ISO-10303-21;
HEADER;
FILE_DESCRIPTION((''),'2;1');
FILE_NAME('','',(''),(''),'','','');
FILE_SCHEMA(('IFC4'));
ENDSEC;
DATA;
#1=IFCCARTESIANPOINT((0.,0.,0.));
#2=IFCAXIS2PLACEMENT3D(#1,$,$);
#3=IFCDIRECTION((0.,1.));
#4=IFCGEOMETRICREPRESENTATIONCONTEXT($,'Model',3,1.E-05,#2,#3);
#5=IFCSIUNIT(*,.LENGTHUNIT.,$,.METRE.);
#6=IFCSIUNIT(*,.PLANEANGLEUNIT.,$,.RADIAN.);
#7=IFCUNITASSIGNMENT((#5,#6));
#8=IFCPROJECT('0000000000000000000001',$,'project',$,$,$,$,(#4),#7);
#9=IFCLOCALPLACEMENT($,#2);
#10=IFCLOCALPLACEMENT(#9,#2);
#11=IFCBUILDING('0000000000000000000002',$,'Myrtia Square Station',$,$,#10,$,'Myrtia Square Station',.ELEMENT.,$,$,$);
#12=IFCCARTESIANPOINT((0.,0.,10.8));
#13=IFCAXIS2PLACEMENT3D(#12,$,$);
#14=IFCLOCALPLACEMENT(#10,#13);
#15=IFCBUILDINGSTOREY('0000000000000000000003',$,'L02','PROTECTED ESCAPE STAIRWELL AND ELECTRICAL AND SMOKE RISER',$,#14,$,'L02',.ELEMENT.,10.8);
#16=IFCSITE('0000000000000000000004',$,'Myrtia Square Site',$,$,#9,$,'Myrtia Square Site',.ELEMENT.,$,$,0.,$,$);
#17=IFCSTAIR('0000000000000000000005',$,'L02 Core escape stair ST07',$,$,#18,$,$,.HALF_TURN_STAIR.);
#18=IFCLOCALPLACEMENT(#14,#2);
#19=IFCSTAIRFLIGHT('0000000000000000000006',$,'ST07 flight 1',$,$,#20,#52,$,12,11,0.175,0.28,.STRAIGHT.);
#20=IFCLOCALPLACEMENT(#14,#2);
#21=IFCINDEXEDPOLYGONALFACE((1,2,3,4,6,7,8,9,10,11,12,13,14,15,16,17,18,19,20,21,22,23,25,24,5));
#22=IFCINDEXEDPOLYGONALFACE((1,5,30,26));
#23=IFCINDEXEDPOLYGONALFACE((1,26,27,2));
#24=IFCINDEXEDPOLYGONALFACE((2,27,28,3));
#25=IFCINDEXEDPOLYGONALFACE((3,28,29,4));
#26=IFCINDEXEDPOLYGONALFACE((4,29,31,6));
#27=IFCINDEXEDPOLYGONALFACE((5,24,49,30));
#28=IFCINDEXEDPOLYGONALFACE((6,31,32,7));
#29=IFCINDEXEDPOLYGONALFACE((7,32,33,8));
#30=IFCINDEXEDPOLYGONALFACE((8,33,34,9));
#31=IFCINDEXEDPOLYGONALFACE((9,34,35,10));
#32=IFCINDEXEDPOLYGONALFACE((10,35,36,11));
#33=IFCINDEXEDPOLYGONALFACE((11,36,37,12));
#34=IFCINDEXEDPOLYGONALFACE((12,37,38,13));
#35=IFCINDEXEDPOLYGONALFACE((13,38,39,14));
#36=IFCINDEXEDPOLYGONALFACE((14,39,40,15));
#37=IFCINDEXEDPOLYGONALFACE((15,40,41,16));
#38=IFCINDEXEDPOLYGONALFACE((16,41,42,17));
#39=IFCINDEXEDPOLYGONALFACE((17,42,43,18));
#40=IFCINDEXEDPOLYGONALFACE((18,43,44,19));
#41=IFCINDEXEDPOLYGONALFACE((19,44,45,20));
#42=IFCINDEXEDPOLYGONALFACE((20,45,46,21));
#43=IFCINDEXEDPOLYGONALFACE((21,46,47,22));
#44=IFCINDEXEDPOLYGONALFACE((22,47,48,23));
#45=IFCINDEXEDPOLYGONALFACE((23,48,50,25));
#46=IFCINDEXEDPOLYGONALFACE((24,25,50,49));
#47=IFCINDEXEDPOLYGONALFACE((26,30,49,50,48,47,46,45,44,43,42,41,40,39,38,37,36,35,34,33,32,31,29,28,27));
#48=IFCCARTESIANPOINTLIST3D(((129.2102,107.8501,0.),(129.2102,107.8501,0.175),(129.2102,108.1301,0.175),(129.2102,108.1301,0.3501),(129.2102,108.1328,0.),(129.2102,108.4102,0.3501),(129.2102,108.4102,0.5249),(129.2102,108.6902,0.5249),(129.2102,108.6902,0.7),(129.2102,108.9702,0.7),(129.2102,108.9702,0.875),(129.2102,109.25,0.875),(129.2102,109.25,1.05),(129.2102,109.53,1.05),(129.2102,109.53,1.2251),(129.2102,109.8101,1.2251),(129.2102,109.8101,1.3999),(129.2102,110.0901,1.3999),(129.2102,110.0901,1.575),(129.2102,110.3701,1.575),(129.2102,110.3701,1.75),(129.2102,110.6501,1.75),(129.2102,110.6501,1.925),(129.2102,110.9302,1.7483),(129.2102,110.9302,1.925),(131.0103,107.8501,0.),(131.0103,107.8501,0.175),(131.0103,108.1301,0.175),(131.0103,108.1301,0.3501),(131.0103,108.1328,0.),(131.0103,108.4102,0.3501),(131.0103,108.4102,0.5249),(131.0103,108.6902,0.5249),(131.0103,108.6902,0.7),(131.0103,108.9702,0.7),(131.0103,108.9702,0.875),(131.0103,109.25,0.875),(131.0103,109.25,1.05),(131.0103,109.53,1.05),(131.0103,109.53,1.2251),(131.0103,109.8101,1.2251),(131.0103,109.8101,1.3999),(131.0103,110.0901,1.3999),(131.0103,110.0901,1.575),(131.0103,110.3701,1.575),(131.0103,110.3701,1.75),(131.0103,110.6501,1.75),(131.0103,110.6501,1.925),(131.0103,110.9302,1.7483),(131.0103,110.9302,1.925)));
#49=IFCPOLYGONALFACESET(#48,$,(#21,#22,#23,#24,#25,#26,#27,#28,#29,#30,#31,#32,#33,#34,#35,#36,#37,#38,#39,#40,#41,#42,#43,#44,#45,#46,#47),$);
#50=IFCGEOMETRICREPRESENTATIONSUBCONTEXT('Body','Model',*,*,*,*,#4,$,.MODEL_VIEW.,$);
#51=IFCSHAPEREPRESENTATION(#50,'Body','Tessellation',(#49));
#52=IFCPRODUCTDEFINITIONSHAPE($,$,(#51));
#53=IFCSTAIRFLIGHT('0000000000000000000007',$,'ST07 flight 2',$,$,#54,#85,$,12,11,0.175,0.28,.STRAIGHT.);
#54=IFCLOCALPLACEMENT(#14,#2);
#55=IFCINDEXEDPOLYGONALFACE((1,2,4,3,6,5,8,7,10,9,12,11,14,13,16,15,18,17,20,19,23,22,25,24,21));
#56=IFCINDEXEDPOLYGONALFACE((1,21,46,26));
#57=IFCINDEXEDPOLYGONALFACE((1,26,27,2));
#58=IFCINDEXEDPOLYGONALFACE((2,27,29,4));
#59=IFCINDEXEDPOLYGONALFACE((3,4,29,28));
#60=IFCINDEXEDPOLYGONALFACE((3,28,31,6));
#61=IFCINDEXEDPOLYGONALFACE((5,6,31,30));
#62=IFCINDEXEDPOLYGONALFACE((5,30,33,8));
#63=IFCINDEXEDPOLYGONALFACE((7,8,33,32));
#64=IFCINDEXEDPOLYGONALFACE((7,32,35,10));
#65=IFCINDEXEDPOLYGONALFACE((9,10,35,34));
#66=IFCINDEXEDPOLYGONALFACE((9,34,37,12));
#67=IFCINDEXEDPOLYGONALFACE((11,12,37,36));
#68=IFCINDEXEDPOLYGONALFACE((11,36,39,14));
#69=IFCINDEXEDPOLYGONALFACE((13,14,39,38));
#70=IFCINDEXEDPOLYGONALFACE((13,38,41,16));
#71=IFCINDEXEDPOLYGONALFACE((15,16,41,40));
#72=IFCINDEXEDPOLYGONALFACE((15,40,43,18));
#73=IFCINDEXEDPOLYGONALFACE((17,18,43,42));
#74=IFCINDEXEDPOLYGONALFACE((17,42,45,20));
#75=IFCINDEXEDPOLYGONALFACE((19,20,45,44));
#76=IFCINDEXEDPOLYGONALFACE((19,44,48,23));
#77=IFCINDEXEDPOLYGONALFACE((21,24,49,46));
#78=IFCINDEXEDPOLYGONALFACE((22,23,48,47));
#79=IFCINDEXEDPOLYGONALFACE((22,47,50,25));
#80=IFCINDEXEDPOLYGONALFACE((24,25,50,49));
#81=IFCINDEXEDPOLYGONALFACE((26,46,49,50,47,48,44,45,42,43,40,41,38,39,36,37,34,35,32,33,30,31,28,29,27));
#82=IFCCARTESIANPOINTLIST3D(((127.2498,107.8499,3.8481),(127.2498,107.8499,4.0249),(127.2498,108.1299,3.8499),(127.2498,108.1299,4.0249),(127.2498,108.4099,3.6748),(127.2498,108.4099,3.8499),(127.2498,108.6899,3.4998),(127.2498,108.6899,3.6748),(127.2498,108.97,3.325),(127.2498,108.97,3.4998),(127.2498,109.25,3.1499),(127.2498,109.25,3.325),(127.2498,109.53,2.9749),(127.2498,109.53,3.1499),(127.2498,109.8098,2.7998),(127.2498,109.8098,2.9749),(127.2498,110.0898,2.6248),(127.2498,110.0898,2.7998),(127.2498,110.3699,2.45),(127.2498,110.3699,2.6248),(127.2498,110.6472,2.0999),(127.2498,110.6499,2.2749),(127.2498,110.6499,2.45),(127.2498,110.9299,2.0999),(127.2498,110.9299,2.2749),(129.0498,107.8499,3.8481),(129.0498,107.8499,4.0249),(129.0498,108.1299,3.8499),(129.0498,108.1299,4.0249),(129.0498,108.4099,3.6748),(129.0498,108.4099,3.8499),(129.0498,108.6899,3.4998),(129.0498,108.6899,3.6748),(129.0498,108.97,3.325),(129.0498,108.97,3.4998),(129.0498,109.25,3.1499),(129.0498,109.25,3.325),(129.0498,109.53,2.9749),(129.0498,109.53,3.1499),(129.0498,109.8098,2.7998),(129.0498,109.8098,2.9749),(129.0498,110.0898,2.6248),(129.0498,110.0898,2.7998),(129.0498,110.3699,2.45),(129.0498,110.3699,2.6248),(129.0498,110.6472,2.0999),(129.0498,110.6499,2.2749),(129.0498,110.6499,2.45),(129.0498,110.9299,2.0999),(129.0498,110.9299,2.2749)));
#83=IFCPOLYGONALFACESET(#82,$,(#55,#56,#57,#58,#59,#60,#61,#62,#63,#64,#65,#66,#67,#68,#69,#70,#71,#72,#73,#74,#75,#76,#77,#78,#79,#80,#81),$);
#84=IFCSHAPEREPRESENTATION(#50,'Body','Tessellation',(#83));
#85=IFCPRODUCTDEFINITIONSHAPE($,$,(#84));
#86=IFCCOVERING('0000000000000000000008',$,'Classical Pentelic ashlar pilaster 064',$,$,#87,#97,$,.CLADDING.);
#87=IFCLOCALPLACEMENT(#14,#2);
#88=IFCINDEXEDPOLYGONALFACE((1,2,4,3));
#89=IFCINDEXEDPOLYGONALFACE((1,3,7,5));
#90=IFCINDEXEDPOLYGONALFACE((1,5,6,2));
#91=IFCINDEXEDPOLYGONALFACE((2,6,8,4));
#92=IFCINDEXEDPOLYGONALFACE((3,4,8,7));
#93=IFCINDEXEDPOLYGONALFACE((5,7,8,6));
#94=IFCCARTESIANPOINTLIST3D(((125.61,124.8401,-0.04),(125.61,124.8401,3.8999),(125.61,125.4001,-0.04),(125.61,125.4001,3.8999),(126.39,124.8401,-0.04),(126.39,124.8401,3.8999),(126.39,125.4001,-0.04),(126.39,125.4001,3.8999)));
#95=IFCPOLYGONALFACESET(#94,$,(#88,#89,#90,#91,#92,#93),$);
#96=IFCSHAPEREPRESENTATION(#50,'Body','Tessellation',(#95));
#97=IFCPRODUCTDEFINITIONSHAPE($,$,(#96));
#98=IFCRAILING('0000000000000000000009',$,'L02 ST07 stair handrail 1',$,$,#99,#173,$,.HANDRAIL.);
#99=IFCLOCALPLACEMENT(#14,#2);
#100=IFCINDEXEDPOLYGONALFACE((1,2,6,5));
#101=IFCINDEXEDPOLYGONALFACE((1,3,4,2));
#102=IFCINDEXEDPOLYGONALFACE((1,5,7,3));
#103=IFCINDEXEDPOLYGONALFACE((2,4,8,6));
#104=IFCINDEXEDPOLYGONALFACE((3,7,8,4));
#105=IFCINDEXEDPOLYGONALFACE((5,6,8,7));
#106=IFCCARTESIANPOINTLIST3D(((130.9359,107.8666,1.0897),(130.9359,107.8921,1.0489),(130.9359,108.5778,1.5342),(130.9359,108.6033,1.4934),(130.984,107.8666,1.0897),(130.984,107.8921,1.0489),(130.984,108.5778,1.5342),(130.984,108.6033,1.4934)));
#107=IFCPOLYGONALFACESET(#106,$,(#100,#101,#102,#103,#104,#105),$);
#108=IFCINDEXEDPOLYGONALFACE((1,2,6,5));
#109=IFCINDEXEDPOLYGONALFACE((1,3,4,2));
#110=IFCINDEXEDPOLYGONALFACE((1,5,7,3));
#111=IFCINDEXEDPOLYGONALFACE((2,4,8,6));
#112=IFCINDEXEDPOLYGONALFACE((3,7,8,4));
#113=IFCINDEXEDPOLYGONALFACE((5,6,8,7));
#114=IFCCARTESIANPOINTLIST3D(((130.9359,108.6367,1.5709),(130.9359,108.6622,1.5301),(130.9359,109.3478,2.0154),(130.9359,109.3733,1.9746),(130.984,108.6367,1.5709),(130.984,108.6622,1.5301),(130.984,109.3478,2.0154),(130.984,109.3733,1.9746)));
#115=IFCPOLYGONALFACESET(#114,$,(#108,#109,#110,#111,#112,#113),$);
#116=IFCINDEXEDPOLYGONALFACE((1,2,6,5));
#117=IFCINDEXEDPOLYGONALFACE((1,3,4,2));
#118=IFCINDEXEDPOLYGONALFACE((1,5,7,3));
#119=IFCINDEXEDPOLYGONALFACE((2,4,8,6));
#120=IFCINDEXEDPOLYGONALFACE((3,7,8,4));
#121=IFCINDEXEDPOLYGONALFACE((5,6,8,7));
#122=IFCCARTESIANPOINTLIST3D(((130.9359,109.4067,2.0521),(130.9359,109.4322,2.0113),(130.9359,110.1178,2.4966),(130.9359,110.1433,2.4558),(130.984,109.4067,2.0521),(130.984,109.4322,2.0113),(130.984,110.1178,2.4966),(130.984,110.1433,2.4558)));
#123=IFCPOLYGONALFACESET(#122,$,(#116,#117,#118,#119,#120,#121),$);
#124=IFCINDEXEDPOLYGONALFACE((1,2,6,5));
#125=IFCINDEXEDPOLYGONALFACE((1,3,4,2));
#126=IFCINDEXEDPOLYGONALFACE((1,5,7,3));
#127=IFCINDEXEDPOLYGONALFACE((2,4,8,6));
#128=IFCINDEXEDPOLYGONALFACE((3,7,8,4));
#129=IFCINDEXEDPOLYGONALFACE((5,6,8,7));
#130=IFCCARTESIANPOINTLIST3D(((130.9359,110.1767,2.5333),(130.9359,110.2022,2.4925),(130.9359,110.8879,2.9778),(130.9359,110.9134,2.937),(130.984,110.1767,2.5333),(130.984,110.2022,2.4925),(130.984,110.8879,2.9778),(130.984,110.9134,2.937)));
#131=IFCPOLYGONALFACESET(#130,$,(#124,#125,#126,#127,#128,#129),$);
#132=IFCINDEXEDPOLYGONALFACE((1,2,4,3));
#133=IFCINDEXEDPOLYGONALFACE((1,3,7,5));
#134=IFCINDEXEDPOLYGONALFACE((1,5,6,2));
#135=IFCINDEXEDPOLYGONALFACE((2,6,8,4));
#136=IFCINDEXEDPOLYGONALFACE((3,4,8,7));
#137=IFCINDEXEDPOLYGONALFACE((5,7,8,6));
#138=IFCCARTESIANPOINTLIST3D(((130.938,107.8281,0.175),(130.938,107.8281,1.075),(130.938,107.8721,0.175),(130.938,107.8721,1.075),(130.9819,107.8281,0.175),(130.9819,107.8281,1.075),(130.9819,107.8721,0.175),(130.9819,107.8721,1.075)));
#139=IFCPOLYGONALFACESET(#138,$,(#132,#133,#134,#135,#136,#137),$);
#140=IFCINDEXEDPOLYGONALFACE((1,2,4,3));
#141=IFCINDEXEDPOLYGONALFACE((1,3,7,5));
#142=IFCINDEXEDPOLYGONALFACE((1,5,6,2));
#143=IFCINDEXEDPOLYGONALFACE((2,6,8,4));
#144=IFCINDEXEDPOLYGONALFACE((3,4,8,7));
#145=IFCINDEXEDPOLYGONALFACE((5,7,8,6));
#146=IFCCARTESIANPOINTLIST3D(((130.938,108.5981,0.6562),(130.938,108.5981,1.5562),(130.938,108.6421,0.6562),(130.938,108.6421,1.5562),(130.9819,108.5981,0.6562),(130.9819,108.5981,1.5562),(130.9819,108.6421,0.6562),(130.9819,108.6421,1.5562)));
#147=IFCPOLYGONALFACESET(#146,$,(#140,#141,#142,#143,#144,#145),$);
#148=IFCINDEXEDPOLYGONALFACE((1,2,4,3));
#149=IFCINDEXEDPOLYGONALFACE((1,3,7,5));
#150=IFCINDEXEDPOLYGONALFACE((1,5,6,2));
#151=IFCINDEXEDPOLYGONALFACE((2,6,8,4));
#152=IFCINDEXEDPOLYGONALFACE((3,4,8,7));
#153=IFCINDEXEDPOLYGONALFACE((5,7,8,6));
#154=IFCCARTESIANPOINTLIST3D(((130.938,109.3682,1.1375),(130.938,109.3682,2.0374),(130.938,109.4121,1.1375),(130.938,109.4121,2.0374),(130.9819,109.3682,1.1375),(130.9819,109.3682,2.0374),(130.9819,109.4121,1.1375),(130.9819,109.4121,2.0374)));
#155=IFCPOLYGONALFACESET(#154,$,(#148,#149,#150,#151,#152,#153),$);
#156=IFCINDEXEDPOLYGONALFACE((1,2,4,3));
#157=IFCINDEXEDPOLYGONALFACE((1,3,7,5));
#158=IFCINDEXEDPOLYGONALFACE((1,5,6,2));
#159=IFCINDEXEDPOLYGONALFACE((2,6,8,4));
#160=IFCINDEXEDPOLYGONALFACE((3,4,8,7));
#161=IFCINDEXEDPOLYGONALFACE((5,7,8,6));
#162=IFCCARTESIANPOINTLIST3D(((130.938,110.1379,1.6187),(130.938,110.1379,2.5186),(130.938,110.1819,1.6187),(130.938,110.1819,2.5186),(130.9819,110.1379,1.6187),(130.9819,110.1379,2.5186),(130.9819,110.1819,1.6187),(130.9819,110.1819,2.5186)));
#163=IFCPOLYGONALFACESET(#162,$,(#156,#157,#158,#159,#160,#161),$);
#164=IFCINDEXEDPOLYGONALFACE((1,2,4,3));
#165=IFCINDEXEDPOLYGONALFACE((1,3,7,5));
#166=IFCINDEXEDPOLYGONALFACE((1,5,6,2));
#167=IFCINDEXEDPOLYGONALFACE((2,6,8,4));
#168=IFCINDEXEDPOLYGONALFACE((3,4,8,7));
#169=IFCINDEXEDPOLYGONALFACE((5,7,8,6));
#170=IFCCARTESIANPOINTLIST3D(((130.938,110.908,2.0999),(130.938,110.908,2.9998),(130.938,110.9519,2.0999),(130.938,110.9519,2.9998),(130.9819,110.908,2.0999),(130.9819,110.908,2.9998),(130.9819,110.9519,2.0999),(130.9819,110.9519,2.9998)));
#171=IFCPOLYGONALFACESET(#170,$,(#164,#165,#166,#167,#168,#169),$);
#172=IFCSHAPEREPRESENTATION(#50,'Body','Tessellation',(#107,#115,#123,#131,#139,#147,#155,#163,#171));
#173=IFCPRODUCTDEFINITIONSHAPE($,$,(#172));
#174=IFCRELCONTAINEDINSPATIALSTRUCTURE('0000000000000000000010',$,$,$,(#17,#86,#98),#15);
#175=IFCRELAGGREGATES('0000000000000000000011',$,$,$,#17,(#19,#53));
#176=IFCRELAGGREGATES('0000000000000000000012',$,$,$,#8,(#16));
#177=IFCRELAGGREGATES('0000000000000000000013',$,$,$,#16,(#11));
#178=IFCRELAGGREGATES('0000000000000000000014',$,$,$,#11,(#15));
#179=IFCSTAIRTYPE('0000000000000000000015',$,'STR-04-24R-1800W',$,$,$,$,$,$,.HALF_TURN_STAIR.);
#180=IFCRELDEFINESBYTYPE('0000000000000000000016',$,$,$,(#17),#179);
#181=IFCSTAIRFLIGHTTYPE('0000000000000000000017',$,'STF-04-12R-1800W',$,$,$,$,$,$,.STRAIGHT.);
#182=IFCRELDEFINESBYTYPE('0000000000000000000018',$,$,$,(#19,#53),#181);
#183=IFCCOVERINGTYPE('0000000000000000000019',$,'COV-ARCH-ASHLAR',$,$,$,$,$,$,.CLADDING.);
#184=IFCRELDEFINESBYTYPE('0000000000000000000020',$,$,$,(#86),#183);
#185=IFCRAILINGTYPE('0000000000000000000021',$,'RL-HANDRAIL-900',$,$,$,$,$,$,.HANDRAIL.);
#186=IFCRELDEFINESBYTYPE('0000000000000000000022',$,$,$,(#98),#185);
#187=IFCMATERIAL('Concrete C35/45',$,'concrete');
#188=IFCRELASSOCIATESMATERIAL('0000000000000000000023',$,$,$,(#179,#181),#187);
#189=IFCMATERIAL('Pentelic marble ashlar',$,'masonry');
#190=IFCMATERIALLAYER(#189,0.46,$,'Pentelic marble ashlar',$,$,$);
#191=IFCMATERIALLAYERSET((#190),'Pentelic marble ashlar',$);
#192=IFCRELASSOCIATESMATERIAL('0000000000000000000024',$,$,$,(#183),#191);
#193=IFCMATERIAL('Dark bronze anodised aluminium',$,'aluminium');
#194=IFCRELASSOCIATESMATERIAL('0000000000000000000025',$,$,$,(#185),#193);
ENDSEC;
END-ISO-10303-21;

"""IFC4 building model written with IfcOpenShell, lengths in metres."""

from ifc_helpers import new_model, si_unit, direction, frame, origin, origin_2d, place, context, subcontext, project, spatial, polyline, rectangle, outline, extrude, material, layer, layer_set, type_object, element, aggregate, save


model = new_model("IFC4")

# Units and contexts
model_context = context("Model", 3, precision=1e-05, world=origin(), true_north=direction((0.0, 1.0)))
body_context = subcontext(model_context, "Body", "Model", "MODEL_VIEW")
ifc_project = project(units=[si_unit("LENGTHUNIT", "METRE"), si_unit("PLANEANGLEUNIT", "RADIAN")], contexts=[model_context])

# Site, building, storey
site_placement = place(None, origin())
site = spatial("IfcSite", under=ifc_project, at=site_placement, Name="Myrtia Square Site", LongName="Myrtia Square Site", CompositionType="ELEMENT", RefElevation=0.0)
building_placement = place(site_placement, origin())
building = spatial("IfcBuilding", under=site, at=building_placement, Name="Myrtia Square Station", LongName="Myrtia Square Station", CompositionType="ELEMENT")
storey_placement = place(building_placement, frame((0.0, 0.0, 10.8)))
storey = spatial("IfcBuildingStorey", under=building, at=storey_placement, Name="L02", Description="PROTECTED ESCAPE STAIRWELL AND ELECTRICAL AND SMOKE RISER", LongName="L02", CompositionType="ELEMENT", Elevation=10.8)

# Shared definitions
ifc_material_1 = material(Name="Concrete C35/45", Category="concrete")

# Stair, stair flights
stair_type = type_object("IfcStairType", Name="STR-04-24R-1800W", PredefinedType="HALF_TURN_STAIR", material=ifc_material_1)
stair_placement = place(storey_placement, origin())
stair = element("IfcStair", 1, at=stair_placement, inside=storey, type_object=stair_type, Name="L02 Core escape stair ST07", PredefinedType="HALF_TURN_STAIR")
stair_flight_type = type_object("IfcStairFlightType", Name="STF-04-12R-1800W", PredefinedType="STRAIGHT", material=ifc_material_1)
stair_flight_1_placement = place(storey_placement, frame((130.1101, 107.8501, 0.0), z_axis=(0.0, 0.0, 1.0), x_axis=(0.0, 1.0, 0.0)))
stair_flight_1 = element("IfcStairFlight", 2, at=stair_flight_1_placement, type_object=stair_flight_type, Name="ST07 flight 1", NumberOfRisers=12, NumberOfTreads=11, PredefinedType="STRAIGHT", RiserHeight=0.175, TreadLength=0.28, context=body_context, shape_type="SweptSolid", body=[
    extrude(outline(polyline([(0.0, 0.0), (0.0, 0.175), (0.28, 0.175), (0.28, 0.3501), (0.5601, 0.3501), (0.5601, 0.5249), (0.8401, 0.5249), (0.8401, 0.7), (1.1201, 0.7), (1.1201, 0.875), (1.3999, 0.875), (1.3999, 1.05), (1.6799, 1.05), (1.6799, 1.2251), (1.96, 1.2251), (1.96, 1.3999), (2.24, 1.3999), (2.24, 1.575), (2.52, 1.575), (2.52, 1.75), (2.8, 1.75), (2.8, 1.925), (3.0801, 1.925), (3.0801, 2.1001), (3.0801, 1.7483), (0.2827, 0.0), (0.0, 0.0)])), frame((0.0, 0.8999, 0.0), z_axis=(0.0, -1.0, 0.0), x_axis=(1.0, 0.0, 0.0)), (0.0, 0.0, 1.0), 1.8),
])
stair_flight_2_placement = place(storey_placement, frame((128.1499, 110.9299, 2.0999), z_axis=(0.0, 0.0, 1.0), x_axis=(0.0, -1.0, 0.0)))
stair_flight_2 = element("IfcStairFlight", 3, at=stair_flight_2_placement, type_object=stair_flight_type, Name="ST07 flight 2", NumberOfRisers=12, NumberOfTreads=11, PredefinedType="STRAIGHT", RiserHeight=0.175, TreadLength=0.28, context=body_context, shape_type="SweptSolid", body=[
    extrude(outline(polyline([(0.0, 0.0), (0.0, 0.175), (0.28, 0.175), (0.28, 0.3501), (0.5601, 0.3501), (0.5601, 0.5249), (0.8401, 0.5249), (0.8401, 0.7), (1.1201, 0.7), (1.1201, 0.875), (1.3999, 0.875), (1.3999, 1.05), (1.6799, 1.05), (1.6799, 1.2251), (1.96, 1.2251), (1.96, 1.3999), (2.24, 1.3999), (2.24, 1.575), (2.52, 1.575), (2.52, 1.75), (2.8, 1.75), (2.8, 1.925), (3.0801, 1.925), (3.0801, 2.1001), (3.0801, 1.7483), (0.2827, 0.0), (0.0, 0.0)])), frame((0.0, 0.8999, 0.0), z_axis=(0.0, -1.0, 0.0), x_axis=(1.0, 0.0, 0.0)), (0.0, 0.0, 1.0), 1.8),
])
aggregate(stair, [stair_flight_1, stair_flight_2])

# Covering
ifc_material_2 = material(Name="Pentelic marble ashlar", Category="masonry")
ifc_layer_1 = layer(ifc_material_2, 0.46, Name="Pentelic marble ashlar")
ifc_layer_set_1 = layer_set([ifc_layer_1], Name="Pentelic marble ashlar")
covering_type = type_object("IfcCoveringType", Name="COV-ARCH-ASHLAR", PredefinedType="CLADDING", material=ifc_layer_set_1)
covering_placement = place(storey_placement, frame((126.0, 125.1201, -0.04), z_axis=(0.0, 0.0, 1.0), x_axis=(1.0, 0.0, 0.0)))
element("IfcCovering", 4, at=covering_placement, inside=storey, type_object=covering_type, Name="Classical Pentelic ashlar pilaster 064", PredefinedType="CLADDING", context=body_context, shape_type="SweptSolid", body=[
    extrude(rectangle(XDim=0.78, YDim=0.5601, at=origin_2d()), origin(), (0.0, 0.0, 1.0), 3.9399),
])

# Railing
ifc_material_3 = material(Name="Dark bronze anodised aluminium", Category="aluminium")
railing_type_1 = type_object("IfcRailingType", Name="RL-HANDRAIL-900", PredefinedType="HANDRAIL", material=ifc_material_3)
railing_1_placement = place(storey_placement, frame((130.96, 107.8501, 0.175)))
element("IfcRailing", 5, at=railing_1_placement, inside=storey, type_object=railing_type_1, Name="L02 ST07 stair handrail 1", PredefinedType="HANDRAIL", context=body_context, shape_type="SweptSolid", body=[
    extrude(rectangle(XDim=0.0481, YDim=0.0481, at=origin_2d()), frame((0.0, 0.0293, 0.8943), z_axis=(0.0, 0.84801, 0.529981), x_axis=(-1.0, 0.0, 0.0)), (0.0, 0.0, 1.0), 0.8386),
    extrude(rectangle(XDim=0.0481, YDim=0.0481, at=origin_2d()), frame((0.0, 0.7993, 1.3755), z_axis=(0.0, 0.84801, 0.529981), x_axis=(-1.0, 0.0, 0.0)), (0.0, 0.0, 1.0), 0.8386),
    extrude(rectangle(XDim=0.0481, YDim=0.0481, at=origin_2d()), frame((0.0, 1.5693, 1.8567), z_axis=(0.0, 0.84801, 0.529981), x_axis=(-1.0, 0.0, 0.0)), (0.0, 0.0, 1.0), 0.8386),
    extrude(rectangle(XDim=0.0481, YDim=0.0481, at=origin_2d()), frame((0.0, 2.3394, 2.3379), z_axis=(0.0, 0.84801, 0.529981), x_axis=(-1.0, 0.0, 0.0)), (0.0, 0.0, 1.0), 0.8386),
    extrude(rectangle(XDim=0.0439, YDim=0.0439, at=origin_2d()), origin(), (0.0, 0.0, 1.0), 0.8999),
    extrude(rectangle(XDim=0.0439, YDim=0.0439, at=origin_2d()), frame((0.0, 0.77, 0.4812)), (0.0, 0.0, 1.0), 0.8999),
    extrude(rectangle(XDim=0.0439, YDim=0.0439, at=origin_2d()), frame((0.0, 1.54, 0.9624)), (0.0, 0.0, 1.0), 0.8999),
    extrude(rectangle(XDim=0.0439, YDim=0.0439, at=origin_2d()), frame((0.0, 2.3098, 1.4436)), (0.0, 0.0, 1.0), 0.8999),
    extrude(rectangle(XDim=0.0439, YDim=0.0439, at=origin_2d()), frame((0.0, 3.0798, 1.9248)), (0.0, 0.0, 1.0), 0.8999),
])

save(model, "model.ifc")
